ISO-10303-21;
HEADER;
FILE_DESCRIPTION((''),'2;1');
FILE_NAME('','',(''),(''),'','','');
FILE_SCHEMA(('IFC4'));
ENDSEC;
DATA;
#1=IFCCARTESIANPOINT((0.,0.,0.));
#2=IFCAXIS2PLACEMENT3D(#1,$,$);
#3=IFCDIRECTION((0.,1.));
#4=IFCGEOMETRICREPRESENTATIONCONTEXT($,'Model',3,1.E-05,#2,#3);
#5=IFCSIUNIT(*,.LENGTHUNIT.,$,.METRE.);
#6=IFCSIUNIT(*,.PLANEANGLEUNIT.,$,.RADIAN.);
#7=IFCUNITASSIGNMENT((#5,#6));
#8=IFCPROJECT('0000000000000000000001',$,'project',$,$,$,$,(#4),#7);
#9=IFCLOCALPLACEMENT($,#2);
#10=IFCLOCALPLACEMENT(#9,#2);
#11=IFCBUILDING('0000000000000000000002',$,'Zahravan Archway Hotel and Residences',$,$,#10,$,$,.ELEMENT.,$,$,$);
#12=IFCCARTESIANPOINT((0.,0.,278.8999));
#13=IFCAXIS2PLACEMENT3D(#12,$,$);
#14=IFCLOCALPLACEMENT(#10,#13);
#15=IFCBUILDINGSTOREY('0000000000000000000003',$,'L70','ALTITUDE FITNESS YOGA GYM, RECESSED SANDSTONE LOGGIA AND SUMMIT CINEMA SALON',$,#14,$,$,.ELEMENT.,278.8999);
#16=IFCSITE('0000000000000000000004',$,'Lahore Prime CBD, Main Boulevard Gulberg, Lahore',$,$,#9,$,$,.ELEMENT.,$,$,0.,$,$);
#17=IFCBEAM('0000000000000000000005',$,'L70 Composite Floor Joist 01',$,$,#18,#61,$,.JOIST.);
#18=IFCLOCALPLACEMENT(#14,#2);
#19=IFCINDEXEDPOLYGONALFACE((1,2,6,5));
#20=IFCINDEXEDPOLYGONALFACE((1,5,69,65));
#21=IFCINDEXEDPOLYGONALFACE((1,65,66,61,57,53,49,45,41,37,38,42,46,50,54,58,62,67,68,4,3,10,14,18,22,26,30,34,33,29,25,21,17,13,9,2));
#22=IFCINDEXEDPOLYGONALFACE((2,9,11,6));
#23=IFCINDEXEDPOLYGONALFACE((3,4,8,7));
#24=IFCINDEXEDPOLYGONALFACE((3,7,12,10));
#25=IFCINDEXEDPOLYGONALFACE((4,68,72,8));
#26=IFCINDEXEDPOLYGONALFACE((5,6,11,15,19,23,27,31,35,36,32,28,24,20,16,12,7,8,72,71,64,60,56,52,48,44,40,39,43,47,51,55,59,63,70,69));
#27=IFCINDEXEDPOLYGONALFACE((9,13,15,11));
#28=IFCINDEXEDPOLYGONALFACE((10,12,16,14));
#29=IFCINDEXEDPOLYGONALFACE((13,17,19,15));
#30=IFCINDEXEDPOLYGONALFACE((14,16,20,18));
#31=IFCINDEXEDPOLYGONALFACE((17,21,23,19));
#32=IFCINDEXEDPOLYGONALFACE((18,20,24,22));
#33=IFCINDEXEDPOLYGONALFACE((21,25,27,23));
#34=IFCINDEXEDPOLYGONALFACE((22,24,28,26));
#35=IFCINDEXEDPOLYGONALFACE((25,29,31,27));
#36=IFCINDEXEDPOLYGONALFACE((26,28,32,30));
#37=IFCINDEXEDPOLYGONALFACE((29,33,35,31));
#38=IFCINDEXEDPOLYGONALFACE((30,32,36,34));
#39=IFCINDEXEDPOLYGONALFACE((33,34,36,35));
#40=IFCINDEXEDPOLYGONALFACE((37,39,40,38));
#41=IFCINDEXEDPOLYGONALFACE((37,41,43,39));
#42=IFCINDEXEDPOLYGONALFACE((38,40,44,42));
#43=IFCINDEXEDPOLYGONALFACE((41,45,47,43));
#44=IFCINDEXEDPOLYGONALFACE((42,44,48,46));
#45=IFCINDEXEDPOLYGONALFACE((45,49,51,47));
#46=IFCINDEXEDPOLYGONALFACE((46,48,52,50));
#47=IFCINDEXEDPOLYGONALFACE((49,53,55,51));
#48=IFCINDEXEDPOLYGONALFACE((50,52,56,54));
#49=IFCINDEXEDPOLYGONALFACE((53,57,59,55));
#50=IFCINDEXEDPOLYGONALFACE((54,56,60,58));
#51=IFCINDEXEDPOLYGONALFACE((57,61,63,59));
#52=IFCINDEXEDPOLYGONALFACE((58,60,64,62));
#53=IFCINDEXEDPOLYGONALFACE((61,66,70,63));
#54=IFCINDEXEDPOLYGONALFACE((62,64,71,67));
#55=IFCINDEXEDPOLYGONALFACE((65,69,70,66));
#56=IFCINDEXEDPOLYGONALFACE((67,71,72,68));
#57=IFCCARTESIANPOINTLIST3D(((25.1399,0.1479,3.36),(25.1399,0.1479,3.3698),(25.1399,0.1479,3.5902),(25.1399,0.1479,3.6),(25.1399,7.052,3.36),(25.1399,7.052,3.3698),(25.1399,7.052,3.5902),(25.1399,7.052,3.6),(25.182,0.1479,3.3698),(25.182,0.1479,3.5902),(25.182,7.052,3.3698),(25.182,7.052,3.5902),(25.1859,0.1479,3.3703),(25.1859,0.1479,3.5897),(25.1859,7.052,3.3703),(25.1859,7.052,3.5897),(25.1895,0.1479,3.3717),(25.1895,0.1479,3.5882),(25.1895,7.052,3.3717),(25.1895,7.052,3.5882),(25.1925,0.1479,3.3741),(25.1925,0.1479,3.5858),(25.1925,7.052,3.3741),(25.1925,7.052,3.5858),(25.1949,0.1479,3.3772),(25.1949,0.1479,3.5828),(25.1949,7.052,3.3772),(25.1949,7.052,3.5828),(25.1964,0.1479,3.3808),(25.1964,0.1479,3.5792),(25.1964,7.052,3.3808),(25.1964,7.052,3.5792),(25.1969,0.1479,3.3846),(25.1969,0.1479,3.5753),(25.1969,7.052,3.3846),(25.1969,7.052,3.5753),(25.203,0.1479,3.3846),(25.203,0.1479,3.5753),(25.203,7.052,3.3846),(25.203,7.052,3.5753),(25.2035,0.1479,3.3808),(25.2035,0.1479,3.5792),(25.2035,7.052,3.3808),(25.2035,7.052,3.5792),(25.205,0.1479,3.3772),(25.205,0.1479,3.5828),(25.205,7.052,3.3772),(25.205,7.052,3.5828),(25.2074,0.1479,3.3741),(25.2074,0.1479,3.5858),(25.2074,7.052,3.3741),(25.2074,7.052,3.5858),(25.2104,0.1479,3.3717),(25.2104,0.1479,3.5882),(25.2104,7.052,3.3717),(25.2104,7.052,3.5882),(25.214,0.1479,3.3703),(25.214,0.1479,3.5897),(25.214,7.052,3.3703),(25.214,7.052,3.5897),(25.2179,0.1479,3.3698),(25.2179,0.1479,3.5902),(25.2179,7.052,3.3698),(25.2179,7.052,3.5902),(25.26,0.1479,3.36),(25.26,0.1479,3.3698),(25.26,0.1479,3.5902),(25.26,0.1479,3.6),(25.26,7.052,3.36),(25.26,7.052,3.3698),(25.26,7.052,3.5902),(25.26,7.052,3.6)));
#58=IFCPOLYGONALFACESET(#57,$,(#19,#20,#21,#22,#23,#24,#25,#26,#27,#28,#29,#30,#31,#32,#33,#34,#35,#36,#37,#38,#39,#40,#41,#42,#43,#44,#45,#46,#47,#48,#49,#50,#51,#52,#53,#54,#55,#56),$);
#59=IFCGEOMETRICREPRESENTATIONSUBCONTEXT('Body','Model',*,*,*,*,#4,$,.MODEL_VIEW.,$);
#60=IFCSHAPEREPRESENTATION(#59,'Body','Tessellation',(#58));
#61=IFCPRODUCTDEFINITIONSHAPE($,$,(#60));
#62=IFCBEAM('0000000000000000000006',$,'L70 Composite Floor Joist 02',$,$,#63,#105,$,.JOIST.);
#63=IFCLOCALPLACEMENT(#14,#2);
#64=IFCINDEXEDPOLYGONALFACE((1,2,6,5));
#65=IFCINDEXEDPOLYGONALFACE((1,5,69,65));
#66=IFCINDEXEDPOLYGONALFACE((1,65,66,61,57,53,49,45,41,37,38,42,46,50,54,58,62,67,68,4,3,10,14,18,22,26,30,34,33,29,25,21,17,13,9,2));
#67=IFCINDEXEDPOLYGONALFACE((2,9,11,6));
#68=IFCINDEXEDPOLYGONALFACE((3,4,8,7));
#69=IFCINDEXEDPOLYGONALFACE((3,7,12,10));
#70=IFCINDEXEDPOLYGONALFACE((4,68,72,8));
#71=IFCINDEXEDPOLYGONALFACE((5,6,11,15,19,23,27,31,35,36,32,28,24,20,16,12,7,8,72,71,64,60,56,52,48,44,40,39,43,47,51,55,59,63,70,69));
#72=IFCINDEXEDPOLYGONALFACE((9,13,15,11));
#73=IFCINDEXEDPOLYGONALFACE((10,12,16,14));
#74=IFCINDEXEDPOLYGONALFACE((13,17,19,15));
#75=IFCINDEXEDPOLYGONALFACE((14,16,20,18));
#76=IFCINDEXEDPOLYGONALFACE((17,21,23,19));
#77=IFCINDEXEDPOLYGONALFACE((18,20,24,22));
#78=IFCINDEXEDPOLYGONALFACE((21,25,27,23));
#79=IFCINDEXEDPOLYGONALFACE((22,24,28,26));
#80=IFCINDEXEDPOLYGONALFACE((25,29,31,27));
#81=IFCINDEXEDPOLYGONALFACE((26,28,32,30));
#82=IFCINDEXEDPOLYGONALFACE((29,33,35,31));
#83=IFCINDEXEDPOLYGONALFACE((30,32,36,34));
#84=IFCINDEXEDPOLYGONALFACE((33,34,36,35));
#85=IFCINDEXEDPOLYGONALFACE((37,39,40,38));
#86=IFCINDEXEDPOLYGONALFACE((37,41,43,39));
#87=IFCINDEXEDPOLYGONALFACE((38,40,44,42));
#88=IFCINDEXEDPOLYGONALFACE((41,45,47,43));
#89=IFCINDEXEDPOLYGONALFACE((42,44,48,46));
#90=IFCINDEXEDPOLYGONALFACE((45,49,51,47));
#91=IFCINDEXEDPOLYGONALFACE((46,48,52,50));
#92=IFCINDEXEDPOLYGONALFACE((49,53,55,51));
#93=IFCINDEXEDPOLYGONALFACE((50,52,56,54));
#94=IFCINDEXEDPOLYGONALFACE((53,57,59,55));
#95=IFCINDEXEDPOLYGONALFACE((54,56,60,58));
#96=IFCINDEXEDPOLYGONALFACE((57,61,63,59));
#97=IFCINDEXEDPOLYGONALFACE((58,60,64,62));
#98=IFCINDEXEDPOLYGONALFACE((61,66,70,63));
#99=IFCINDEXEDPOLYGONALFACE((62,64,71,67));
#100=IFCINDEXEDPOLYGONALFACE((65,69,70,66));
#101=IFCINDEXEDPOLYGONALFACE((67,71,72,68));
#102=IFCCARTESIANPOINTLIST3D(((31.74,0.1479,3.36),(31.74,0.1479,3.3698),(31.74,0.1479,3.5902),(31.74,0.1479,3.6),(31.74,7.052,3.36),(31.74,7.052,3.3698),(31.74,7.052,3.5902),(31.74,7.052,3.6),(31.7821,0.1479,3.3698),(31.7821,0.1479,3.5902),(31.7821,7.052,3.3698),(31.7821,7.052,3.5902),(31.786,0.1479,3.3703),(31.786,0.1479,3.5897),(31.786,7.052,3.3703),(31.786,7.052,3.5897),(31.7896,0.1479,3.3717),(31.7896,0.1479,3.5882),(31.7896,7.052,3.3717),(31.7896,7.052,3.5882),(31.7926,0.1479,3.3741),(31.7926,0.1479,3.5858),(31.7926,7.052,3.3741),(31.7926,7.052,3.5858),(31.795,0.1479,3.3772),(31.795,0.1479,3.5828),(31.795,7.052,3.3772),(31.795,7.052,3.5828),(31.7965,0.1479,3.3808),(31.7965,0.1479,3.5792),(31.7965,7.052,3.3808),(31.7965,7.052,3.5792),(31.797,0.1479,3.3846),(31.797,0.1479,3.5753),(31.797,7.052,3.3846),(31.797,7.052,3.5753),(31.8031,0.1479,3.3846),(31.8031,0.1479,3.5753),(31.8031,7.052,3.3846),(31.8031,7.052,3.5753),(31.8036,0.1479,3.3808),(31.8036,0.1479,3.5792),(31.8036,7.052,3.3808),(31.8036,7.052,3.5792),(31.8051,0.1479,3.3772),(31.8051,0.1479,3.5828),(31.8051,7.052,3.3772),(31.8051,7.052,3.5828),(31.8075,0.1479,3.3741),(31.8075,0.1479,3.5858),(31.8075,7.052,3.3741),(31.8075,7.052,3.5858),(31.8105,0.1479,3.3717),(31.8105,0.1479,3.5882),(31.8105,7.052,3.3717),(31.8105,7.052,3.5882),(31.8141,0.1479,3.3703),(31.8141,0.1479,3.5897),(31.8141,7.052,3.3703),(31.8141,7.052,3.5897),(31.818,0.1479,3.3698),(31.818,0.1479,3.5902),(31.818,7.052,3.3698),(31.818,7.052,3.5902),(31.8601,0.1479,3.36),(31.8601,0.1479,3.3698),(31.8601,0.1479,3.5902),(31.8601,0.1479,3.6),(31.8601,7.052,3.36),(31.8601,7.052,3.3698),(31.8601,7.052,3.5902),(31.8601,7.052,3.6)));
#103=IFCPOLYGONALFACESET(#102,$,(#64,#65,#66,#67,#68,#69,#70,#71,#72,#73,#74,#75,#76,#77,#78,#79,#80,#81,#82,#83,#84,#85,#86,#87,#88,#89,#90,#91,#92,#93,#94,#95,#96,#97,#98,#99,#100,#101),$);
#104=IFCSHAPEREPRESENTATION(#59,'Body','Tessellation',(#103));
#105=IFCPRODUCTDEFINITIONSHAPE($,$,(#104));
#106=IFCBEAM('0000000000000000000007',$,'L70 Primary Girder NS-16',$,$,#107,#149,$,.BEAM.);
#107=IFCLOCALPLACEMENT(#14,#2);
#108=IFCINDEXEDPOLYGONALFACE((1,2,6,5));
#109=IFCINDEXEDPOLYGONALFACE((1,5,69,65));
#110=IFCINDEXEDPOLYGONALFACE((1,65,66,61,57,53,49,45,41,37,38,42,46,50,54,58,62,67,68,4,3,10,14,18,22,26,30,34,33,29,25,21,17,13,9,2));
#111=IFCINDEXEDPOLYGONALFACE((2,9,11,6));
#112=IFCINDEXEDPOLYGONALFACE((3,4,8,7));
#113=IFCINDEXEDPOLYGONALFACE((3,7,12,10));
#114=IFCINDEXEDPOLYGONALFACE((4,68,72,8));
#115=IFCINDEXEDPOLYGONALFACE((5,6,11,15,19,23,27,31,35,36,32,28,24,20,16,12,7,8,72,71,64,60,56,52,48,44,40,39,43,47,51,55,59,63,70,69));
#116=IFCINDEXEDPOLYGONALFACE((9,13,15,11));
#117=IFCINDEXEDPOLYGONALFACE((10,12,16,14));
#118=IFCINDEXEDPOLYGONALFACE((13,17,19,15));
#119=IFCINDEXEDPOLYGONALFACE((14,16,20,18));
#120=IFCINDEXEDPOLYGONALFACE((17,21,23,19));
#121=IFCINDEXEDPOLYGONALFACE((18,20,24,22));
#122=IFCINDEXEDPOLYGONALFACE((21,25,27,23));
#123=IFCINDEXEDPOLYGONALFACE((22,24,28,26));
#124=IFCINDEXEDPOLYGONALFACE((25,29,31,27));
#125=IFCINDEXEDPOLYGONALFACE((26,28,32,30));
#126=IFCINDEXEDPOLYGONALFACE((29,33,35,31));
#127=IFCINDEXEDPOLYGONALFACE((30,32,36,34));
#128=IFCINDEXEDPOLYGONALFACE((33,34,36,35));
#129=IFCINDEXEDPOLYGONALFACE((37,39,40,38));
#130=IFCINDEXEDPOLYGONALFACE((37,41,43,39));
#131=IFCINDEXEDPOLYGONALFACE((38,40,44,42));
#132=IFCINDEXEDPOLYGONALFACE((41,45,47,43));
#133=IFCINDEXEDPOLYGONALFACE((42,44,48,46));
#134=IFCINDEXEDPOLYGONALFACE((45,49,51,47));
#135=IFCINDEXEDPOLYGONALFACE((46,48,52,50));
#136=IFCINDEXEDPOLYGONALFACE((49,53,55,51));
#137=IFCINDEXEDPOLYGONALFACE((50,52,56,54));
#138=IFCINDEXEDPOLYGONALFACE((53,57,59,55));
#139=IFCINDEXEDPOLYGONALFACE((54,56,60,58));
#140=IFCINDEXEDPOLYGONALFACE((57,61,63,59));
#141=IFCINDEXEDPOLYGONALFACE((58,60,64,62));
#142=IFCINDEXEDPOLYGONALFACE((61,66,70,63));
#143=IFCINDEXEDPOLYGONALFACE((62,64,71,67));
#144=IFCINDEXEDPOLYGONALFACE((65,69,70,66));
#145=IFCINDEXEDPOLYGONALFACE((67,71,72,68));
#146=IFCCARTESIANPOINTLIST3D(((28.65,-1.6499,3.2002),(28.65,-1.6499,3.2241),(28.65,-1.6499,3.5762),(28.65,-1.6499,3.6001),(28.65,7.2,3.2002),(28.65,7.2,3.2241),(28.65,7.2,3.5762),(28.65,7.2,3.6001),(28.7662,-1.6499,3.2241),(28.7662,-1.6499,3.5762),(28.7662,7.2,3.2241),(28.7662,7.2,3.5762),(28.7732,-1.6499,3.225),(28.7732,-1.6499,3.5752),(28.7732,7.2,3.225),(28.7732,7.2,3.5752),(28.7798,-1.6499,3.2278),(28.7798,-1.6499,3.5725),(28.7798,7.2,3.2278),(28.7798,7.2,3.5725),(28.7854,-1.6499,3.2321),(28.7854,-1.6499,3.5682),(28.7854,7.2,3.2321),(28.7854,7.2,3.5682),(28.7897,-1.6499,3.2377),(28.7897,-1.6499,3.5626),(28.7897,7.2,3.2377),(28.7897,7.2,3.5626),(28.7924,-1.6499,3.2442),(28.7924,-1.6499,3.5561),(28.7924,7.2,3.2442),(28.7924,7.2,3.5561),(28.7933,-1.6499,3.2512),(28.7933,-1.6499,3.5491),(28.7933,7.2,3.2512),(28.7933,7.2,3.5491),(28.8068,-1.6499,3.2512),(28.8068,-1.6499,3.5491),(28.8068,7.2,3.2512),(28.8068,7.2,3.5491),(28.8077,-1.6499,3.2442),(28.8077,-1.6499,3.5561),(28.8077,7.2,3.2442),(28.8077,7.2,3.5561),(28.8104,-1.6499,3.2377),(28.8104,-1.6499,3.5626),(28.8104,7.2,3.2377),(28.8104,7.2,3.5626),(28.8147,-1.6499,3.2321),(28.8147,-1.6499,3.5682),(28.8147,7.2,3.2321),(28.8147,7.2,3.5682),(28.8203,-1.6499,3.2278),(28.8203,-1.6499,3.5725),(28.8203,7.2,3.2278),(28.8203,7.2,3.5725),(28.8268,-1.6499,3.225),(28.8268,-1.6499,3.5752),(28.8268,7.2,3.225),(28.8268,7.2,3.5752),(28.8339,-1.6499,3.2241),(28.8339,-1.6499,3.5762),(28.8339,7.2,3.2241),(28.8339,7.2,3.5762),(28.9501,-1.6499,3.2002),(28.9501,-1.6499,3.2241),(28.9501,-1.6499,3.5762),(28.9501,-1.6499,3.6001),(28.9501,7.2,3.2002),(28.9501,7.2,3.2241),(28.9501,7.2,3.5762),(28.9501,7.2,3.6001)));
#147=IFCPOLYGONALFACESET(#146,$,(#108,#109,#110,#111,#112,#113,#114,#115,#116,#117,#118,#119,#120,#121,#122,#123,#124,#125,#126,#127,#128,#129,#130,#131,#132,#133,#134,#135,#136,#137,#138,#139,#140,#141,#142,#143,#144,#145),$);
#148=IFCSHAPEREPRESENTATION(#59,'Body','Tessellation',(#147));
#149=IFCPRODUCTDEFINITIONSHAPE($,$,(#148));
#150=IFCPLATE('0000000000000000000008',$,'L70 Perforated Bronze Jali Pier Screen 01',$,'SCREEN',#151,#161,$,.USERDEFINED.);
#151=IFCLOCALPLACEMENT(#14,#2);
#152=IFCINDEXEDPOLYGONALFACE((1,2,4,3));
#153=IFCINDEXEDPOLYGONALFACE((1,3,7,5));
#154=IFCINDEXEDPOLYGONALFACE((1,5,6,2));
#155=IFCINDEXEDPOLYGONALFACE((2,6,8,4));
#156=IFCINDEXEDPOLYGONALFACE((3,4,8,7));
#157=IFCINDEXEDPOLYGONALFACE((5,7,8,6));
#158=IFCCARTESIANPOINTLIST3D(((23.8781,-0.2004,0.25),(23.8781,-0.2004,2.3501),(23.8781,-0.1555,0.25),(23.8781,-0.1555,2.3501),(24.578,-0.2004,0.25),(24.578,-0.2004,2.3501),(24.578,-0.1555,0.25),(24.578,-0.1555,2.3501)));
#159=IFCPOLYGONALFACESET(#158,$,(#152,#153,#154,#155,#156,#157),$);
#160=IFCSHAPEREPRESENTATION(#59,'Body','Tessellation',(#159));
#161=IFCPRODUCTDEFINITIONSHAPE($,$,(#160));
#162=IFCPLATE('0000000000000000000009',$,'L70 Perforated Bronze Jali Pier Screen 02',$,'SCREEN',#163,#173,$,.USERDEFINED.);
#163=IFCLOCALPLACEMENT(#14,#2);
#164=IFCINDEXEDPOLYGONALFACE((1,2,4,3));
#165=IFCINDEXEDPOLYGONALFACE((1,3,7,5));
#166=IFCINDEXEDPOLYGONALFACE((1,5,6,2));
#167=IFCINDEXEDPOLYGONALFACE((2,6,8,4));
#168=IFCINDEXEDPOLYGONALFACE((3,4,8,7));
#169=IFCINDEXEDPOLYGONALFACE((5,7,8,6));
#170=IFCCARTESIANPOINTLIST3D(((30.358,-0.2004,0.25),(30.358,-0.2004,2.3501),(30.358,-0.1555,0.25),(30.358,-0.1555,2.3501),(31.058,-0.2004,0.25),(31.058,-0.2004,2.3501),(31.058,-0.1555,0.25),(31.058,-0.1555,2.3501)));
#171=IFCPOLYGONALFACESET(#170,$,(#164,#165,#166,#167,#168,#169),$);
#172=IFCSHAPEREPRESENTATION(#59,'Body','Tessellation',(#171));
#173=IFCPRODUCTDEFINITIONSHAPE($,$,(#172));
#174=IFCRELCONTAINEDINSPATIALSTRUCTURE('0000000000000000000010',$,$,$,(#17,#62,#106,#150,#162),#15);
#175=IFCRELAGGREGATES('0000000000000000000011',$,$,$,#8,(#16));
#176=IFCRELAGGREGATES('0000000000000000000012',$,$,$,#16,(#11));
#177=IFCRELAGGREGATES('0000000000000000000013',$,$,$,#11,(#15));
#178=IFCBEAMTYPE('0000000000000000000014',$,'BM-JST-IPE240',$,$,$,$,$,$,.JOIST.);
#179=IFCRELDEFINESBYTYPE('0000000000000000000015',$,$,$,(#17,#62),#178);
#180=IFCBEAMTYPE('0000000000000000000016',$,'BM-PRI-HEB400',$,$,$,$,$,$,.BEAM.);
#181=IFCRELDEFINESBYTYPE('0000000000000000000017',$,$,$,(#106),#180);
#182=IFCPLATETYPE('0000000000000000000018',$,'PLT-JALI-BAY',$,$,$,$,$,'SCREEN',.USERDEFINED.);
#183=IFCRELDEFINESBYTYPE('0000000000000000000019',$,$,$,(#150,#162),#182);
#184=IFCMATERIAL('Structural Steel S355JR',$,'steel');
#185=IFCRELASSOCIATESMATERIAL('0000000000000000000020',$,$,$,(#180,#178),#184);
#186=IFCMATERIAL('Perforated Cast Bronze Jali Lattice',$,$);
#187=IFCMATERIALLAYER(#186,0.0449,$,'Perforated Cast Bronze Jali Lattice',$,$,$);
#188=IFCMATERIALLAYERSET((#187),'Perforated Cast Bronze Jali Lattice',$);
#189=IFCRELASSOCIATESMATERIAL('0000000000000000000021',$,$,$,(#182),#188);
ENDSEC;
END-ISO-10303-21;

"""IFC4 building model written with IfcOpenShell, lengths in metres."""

from ifc_helpers import new_model, si_unit, direction, frame, origin, origin_2d, place, context, subcontext, project, spatial, rectangle, i_section, extrude, source, transform, mapped, material, layer, layer_set, material_profile, profile_set, type_object, type_shapes, element, save


model = new_model("IFC4")

# Units and contexts
model_context = context("Model", 3, precision=1e-05, world=origin(), true_north=direction((0.0, 1.0)))
body_context = subcontext(model_context, "Body", "Model", "MODEL_VIEW")
ifc_project = project(units=[si_unit("LENGTHUNIT", "METRE"), si_unit("PLANEANGLEUNIT", "RADIAN")], contexts=[model_context])

# Site, building, storey
site_placement = place(None, origin())
site = spatial("IfcSite", under=ifc_project, at=site_placement, Name="Lahore Prime CBD, Main Boulevard Gulberg, Lahore", CompositionType="ELEMENT", RefElevation=0.0)
building_placement = place(site_placement, origin())
building = spatial("IfcBuilding", under=site, at=building_placement, Name="Zahravan Archway Hotel and Residences", CompositionType="ELEMENT")
storey_placement = place(building_placement, frame((0.0, 0.0, 278.8999)))
storey = spatial("IfcBuildingStorey", under=building, at=storey_placement, Name="L70", Description="ALTITUDE FITNESS YOGA GYM, RECESSED SANDSTONE LOGGIA AND SUMMIT CINEMA SALON", CompositionType="ELEMENT", Elevation=278.8999)

# Beams
ifc_material_1 = material(Name="Structural Steel S355JR", Category="steel")
ifc_material_profile_1 = material_profile(ifc_material_1, i_section(OverallWidth=0.3, OverallDepth=0.3999, WebThickness=0.0134, FlangeThickness=0.0239, FilletRadius=0.0271, at=origin_2d()), Name="HEB 400", Category="steel")
ifc_profile_set_1 = profile_set([ifc_material_profile_1], Name="Structural Steel S355JR")
beam_type_1 = type_object("IfcBeamType", Name="BM-PRI-HEB400", PredefinedType="BEAM", material=ifc_profile_set_1)
ifc_material_profile_2 = material_profile(ifc_material_1, i_section(OverallWidth=0.1201, OverallDepth=0.24, WebThickness=0.0061, FlangeThickness=0.0098, FilletRadius=0.0149, at=origin_2d()), Name="IPE 240", Category="steel")
ifc_profile_set_2 = profile_set([ifc_material_profile_2], Name="Structural Steel S355JR")
beam_type_2 = type_object("IfcBeamType", Name="BM-JST-IPE240", PredefinedType="JOIST", material=ifc_profile_set_2)
shared_shape_1 = source(origin(), body_context, "Body", "SweptSolid", [
    extrude(i_section(OverallWidth=0.1201, OverallDepth=0.24, WebThickness=0.0061, FlangeThickness=0.0098, FilletRadius=0.0149, at=origin_2d()), origin(), (0.0, 0.0, 1.0), 6.9041),
])
type_shapes(beam_type_2, [shared_shape_1])
for number, where, z_axis, x_axis, name in (
    (1, (25.2, 0.1479, 3.48), (0.0, 1.0, 0.0), (-1.0, 0.0, 0.0), "L70 Composite Floor Joist 01"),
    (2, (31.8, 0.1479, 3.48), (0.0, 1.0, 0.0), (-1.0, 0.0, 0.0), "L70 Composite Floor Joist 02"),
):
    element("IfcBeam", number, at=place(storey_placement, frame(where, z_axis=z_axis, x_axis=x_axis)), inside=storey, type_object=beam_type_2, Name=name, PredefinedType="JOIST", context=body_context, shape_type="MappedRepresentation", body=[
        mapped(shared_shape_1, transform((0.0, 0.0, 0.0), scale=1.0)),
    ])
shared_shape_2 = source(origin(), body_context, "Body", "SweptSolid", [
    extrude(i_section(OverallWidth=0.3, OverallDepth=0.3999, WebThickness=0.0134, FlangeThickness=0.0239, FilletRadius=0.0271, at=origin_2d()), origin(), (0.0, 0.0, 1.0), 8.8499),
])
beam_1_placement = place(storey_placement, frame((28.8, -1.6499, 3.4001), z_axis=(0.0, 1.0, 0.0), x_axis=(-1.0, 0.0, 0.0)))
element("IfcBeam", 3, at=beam_1_placement, inside=storey, type_object=beam_type_1, Name="L70 Primary Girder NS-16", PredefinedType="BEAM", context=body_context, shape_type="MappedRepresentation", body=[
    mapped(shared_shape_2, transform((0.0, 0.0, 0.0), scale=1.0)),
])

# Plates
ifc_material_2 = material(Name="Perforated Cast Bronze Jali Lattice")
ifc_layer_1 = layer(ifc_material_2, 0.0449, Name="Perforated Cast Bronze Jali Lattice")
ifc_layer_set_1 = layer_set([ifc_layer_1], Name="Perforated Cast Bronze Jali Lattice")
plate_type = type_object("IfcPlateType", Name="PLT-JALI-BAY", ElementType="SCREEN", PredefinedType="USERDEFINED", material=ifc_layer_set_1)
shared_shape_3 = source(origin(), body_context, "Body", "SweptSolid", [
    extrude(rectangle(XDim=0.7, YDim=0.0449, at=origin_2d()), origin(), (0.0, 0.0, 1.0), 2.1001),
])
type_shapes(plate_type, [shared_shape_3])
for number, where, z_axis, x_axis, name in (
    (4, (24.228, -0.178, 0.25), (0.0, 0.0, 1.0), (1.0, 0.0, 0.0), "L70 Perforated Bronze Jali Pier Screen 01"),
    (5, (30.708, -0.178, 0.25), (0.0, 0.0, 1.0), (1.0, 0.0, 0.0), "L70 Perforated Bronze Jali Pier Screen 02"),
):
    element("IfcPlate", number, at=place(storey_placement, frame(where, z_axis=z_axis, x_axis=x_axis)), inside=storey, type_object=plate_type, Name=name, ObjectType="SCREEN", PredefinedType="USERDEFINED", context=body_context, shape_type="MappedRepresentation", body=[
        mapped(shared_shape_3, transform((0.0, 0.0, 0.0), scale=1.0)),
    ])

save(model, "model.ifc")
